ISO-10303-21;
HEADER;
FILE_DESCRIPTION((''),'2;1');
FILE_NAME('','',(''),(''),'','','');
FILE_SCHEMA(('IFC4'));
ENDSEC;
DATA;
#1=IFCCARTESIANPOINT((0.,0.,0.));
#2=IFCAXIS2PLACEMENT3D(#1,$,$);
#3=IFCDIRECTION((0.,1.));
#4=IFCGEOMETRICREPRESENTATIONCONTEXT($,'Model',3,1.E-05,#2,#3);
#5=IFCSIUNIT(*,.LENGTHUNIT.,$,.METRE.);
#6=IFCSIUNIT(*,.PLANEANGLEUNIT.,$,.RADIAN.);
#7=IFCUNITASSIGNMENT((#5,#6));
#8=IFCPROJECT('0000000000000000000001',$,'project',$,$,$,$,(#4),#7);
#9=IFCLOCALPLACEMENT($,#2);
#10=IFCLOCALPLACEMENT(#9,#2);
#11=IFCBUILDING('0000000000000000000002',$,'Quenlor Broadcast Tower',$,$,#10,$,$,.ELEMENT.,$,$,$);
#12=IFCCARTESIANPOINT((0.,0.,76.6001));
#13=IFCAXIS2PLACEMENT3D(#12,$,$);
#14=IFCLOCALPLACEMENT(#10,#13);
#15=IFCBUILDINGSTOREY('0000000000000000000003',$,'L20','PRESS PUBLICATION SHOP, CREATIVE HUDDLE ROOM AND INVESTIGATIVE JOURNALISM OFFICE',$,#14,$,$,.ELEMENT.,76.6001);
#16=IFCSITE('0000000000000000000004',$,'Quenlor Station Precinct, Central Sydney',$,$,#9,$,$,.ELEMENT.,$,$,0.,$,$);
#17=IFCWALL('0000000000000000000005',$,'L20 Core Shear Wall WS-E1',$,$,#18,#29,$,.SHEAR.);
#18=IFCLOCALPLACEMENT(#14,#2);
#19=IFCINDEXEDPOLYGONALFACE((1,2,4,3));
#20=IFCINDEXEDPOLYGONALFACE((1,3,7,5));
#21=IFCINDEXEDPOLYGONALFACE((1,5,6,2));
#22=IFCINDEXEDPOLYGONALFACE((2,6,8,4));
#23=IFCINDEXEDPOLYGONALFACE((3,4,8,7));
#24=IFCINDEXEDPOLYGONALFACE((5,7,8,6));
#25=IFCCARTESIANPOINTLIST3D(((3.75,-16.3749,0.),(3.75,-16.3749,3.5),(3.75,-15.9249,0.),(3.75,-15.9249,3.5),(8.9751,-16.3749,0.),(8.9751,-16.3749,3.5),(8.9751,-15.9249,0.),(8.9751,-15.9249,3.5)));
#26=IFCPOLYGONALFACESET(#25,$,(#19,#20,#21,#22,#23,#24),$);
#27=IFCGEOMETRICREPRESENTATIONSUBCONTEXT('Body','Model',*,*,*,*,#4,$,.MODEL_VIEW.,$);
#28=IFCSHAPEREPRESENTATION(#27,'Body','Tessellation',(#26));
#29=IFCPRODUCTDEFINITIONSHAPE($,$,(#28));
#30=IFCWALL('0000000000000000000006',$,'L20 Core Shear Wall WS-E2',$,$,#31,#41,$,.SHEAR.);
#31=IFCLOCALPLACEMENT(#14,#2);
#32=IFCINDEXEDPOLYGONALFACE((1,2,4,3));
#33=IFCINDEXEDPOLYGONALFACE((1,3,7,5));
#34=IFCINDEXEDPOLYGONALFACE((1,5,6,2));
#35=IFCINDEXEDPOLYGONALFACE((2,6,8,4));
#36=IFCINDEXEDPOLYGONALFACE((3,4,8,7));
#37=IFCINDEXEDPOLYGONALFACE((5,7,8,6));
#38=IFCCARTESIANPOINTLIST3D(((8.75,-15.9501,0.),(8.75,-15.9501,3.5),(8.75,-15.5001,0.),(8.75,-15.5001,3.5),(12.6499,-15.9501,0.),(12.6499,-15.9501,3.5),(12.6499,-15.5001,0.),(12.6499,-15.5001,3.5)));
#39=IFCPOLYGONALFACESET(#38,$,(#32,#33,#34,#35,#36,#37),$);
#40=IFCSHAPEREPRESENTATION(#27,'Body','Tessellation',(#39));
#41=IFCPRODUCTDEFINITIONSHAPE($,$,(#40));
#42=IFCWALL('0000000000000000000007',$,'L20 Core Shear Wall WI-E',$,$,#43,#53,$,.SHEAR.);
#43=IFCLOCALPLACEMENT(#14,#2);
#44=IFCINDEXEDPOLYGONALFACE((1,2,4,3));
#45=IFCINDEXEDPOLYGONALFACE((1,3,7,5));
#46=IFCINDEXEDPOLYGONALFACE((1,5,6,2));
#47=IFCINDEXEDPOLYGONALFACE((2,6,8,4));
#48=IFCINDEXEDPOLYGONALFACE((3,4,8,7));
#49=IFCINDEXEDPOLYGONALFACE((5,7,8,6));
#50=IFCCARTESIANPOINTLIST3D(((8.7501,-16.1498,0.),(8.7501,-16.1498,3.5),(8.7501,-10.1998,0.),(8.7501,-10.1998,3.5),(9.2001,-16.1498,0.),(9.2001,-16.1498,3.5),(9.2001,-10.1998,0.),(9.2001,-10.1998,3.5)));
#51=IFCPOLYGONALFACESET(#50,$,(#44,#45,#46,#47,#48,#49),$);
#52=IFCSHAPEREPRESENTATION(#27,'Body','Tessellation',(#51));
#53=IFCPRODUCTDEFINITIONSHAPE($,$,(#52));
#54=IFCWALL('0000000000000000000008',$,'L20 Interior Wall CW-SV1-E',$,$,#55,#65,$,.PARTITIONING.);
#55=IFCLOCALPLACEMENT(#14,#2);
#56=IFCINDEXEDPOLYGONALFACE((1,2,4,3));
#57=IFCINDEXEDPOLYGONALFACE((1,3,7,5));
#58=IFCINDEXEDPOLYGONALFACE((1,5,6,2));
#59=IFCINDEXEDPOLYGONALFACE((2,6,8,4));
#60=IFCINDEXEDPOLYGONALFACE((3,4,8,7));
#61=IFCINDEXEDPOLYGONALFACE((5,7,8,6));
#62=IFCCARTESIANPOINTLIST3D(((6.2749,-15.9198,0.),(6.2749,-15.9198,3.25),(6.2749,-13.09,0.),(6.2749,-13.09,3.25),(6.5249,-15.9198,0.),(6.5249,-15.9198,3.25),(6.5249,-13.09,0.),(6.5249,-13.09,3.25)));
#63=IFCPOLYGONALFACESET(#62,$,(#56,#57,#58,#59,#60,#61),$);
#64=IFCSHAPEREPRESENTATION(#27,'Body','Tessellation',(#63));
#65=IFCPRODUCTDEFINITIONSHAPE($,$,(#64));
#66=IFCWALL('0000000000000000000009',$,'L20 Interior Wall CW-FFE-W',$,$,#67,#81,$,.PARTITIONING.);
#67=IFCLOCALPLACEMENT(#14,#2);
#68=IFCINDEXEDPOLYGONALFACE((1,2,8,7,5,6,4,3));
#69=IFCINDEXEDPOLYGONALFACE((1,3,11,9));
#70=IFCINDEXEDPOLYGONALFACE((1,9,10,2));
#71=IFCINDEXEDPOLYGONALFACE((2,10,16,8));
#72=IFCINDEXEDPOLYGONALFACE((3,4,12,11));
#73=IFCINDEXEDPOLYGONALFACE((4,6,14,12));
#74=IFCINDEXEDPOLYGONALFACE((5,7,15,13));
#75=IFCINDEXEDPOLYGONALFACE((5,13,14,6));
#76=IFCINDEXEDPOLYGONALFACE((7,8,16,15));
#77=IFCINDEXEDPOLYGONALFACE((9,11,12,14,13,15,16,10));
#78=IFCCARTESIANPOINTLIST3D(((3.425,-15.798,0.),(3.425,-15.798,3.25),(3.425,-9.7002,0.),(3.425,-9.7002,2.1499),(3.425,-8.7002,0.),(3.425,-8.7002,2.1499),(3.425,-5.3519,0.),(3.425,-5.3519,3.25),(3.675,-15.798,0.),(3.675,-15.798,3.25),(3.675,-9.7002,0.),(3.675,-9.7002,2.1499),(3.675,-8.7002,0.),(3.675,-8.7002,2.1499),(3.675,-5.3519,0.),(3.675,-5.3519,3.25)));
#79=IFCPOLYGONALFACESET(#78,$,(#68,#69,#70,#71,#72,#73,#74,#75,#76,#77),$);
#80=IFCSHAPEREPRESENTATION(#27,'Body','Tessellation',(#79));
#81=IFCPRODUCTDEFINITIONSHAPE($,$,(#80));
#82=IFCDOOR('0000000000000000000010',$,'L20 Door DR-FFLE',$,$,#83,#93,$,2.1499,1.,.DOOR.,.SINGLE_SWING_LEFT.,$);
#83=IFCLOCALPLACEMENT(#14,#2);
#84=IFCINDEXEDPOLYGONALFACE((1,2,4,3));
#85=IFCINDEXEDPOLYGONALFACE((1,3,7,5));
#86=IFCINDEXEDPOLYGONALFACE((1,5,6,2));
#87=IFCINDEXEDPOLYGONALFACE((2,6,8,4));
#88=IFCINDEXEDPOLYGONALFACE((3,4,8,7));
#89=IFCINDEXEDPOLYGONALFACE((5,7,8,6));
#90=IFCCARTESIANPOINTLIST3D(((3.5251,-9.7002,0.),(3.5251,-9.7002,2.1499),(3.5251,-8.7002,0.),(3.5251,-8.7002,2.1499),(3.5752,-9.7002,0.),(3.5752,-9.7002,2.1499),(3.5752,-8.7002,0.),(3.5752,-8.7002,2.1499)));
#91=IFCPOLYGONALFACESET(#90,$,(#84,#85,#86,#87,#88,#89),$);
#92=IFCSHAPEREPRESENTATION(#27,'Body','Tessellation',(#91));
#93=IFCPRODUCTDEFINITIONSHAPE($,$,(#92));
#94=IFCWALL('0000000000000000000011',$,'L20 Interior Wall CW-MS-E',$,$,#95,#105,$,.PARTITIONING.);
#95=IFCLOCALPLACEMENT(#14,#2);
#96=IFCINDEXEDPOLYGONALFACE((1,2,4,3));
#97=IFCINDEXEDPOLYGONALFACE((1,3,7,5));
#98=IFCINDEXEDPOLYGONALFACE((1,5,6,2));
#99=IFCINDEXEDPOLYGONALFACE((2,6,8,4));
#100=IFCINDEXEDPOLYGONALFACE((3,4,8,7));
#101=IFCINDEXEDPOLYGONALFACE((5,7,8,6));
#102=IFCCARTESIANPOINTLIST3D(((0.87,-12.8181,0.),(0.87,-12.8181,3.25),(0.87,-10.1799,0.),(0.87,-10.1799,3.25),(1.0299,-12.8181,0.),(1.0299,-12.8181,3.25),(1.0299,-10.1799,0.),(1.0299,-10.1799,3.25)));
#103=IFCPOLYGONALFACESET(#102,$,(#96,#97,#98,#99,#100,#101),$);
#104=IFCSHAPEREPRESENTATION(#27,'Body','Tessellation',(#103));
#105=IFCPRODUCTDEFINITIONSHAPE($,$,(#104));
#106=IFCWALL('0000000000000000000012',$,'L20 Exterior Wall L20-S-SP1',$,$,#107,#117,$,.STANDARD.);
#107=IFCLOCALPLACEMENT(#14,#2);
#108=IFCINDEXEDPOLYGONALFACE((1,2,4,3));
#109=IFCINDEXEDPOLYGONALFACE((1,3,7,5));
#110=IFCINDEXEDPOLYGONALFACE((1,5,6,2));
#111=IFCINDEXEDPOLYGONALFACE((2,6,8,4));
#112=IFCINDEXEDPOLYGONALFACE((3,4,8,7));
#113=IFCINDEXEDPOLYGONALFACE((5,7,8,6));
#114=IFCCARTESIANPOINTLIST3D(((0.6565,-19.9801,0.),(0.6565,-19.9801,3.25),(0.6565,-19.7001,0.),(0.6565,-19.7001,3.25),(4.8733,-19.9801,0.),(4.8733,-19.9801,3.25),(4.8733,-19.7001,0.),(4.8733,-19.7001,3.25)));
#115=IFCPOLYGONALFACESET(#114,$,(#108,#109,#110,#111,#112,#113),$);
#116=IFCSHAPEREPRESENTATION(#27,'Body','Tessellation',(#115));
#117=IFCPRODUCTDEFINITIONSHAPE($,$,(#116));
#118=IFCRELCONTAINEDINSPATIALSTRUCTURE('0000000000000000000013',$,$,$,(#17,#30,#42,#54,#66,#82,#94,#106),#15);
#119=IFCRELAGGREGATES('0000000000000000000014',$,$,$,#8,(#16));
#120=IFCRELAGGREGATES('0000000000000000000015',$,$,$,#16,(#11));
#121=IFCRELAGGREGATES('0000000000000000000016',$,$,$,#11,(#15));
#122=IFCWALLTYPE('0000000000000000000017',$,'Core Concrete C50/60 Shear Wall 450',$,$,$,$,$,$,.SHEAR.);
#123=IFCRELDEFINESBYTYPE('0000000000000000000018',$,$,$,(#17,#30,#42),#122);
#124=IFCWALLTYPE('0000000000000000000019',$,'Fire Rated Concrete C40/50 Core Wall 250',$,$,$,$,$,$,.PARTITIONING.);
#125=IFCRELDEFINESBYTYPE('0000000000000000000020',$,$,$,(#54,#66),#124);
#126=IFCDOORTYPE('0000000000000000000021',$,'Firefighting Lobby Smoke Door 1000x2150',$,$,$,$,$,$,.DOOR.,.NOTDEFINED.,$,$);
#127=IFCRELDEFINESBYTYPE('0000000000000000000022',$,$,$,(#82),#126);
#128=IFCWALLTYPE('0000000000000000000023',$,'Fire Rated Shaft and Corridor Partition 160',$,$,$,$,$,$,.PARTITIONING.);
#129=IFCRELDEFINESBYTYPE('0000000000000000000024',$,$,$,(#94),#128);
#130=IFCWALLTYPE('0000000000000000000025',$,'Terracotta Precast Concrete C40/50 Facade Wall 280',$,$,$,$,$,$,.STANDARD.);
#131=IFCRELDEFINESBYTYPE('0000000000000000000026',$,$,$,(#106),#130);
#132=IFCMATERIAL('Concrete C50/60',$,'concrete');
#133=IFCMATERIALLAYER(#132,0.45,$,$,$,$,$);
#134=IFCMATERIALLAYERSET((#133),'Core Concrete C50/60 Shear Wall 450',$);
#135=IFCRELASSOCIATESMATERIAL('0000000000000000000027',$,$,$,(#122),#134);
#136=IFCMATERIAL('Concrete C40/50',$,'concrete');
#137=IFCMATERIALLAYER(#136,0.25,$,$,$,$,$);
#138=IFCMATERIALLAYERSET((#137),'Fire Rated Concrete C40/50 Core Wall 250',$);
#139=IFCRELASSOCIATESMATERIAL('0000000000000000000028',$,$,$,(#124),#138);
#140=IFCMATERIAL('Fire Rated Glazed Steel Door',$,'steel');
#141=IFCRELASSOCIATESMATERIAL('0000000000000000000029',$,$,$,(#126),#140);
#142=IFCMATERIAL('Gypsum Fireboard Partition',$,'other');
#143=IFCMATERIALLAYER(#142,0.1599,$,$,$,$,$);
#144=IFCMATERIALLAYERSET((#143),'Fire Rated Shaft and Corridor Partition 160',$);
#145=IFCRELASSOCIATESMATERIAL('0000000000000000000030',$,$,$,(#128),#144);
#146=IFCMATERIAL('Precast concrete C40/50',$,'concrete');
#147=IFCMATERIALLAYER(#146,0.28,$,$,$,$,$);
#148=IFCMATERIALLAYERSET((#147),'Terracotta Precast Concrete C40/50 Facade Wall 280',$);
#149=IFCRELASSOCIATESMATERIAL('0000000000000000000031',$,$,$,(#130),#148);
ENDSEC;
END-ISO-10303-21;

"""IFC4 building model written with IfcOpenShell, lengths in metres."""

from ifc_helpers import new_model, si_unit, direction, frame, frame_2d, origin, place, context, subcontext, project, spatial, rectangle, extrude, material, layer, layer_set, type_object, element, fill, save


model = new_model("IFC4")

# Units and contexts
model_context = context("Model", 3, precision=1e-05, world=origin(), true_north=direction((0.0, 1.0)))
body_context = subcontext(model_context, "Body", "Model", "MODEL_VIEW")
ifc_project = project(units=[si_unit("LENGTHUNIT", "METRE"), si_unit("PLANEANGLEUNIT", "RADIAN")], contexts=[model_context])

# Site, building, storey
site_placement = place(None, origin())
site = spatial("IfcSite", under=ifc_project, at=site_placement, Name="Quenlor Station Precinct, Central Sydney", CompositionType="ELEMENT", RefElevation=0.0)
building_placement = place(site_placement, origin())
building = spatial("IfcBuilding", under=site, at=building_placement, Name="Quenlor Broadcast Tower", CompositionType="ELEMENT")
storey_placement = place(building_placement, frame((0.0, 0.0, 76.6001)))
storey = spatial("IfcBuildingStorey", under=building, at=storey_placement, Name="L20", Description="PRESS PUBLICATION SHOP, CREATIVE HUDDLE ROOM AND INVESTIGATIVE JOURNALISM OFFICE", CompositionType="ELEMENT", Elevation=76.6001)

# Walls
ifc_material_1 = material(Name="Concrete C50/60", Category="concrete")
ifc_layer_1 = layer(ifc_material_1, 0.45)
ifc_layer_set_1 = layer_set([ifc_layer_1], Name="Core Concrete C50/60 Shear Wall 450")
wall_type_1 = type_object("IfcWallType", Name="Core Concrete C50/60 Shear Wall 450", PredefinedType="SHEAR", material=ifc_layer_set_1)
wall_1_placement = place(storey_placement, frame((3.75, -16.1499, 0.0), z_axis=(0.0, 0.0, 1.0), x_axis=(1.0, 0.0, 0.0)))
element("IfcWall", 1, at=wall_1_placement, inside=storey, type_object=wall_type_1, Name="L20 Core Shear Wall WS-E1", PredefinedType="SHEAR", context=body_context, shape_type="SweptSolid", body=[
    extrude(rectangle(XDim=5.2251, YDim=0.45, at=frame_2d((2.6125, 0.0))), origin(), (0.0, 0.0, 1.0), 3.5),
])
wall_2_placement = place(storey_placement, frame((8.75, -15.7251, 0.0), z_axis=(0.0, 0.0, 1.0), x_axis=(1.0, 0.0, 0.0)))
element("IfcWall", 2, at=wall_2_placement, inside=storey, type_object=wall_type_1, Name="L20 Core Shear Wall WS-E2", PredefinedType="SHEAR", context=body_context, shape_type="SweptSolid", body=[
    extrude(rectangle(XDim=3.8999, YDim=0.45, at=frame_2d((1.95, 0.0))), origin(), (0.0, 0.0, 1.0), 3.5),
])
wall_3_placement = place(storey_placement, frame((8.9751, -16.1499, 0.0), z_axis=(0.0, 0.0, 1.0), x_axis=(0.0, 1.0, 0.0)))
element("IfcWall", 3, at=wall_3_placement, inside=storey, type_object=wall_type_1, Name="L20 Core Shear Wall WI-E", PredefinedType="SHEAR", context=body_context, shape_type="SweptSolid", body=[
    extrude(rectangle(XDim=5.95, YDim=0.45, at=frame_2d((2.9751, 0.0))), origin(), (0.0, 0.0, 1.0), 3.5),
])

# Shared definitions
ifc_material_2 = material(Name="Concrete C40/50", Category="concrete")
ifc_layer_2 = layer(ifc_material_2, 0.25)
ifc_layer_set_2 = layer_set([ifc_layer_2], Name="Fire Rated Concrete C40/50 Core Wall 250")
wall_type_2 = type_object("IfcWallType", Name="Fire Rated Concrete C40/50 Core Wall 250", PredefinedType="PARTITIONING", material=ifc_layer_set_2)

# Wall
wall_4_placement = place(storey_placement, frame((6.3999, -15.9199, 0.0), z_axis=(0.0, 0.0, 1.0), x_axis=(0.0, 1.0, 0.0)))
element("IfcWall", 4, at=wall_4_placement, inside=storey, type_object=wall_type_2, Name="L20 Interior Wall CW-SV1-E", PredefinedType="PARTITIONING", context=body_context, shape_type="SweptSolid", body=[
    extrude(rectangle(XDim=2.8298, YDim=0.25, at=frame_2d((1.415, 0.0))), origin(), (0.0, 0.0, 1.0), 3.25),
])

# Wall, opening, door
wall_5_placement = place(storey_placement, frame((3.55, -15.7981, 0.0), z_axis=(0.0, 0.0, 1.0), x_axis=(0.0, 1.0, 0.0)))
wall_5 = element("IfcWall", 5, at=wall_5_placement, inside=storey, type_object=wall_type_2, Name="L20 Interior Wall CW-FFE-W", PredefinedType="PARTITIONING", context=body_context, shape_type="SweptSolid", body=[
    extrude(rectangle(XDim=10.446, YDim=0.25, at=frame_2d((5.2231, 0.0))), origin(), (0.0, 0.0, 1.0), 3.25),
])
opening_1_placement = place(wall_5_placement, frame((6.0979, 0.0, 0.0)))
opening_1 = element("IfcOpeningElement", 6, at=opening_1_placement, cuts=wall_5, PredefinedType="OPENING", context=body_context, shape_type="SweptSolid", body=[
    extrude(rectangle(XDim=1.0, YDim=2.1499, at=frame_2d((0.5, 1.075))), frame((0.0, 0.135, 0.0), z_axis=(0.0, -1.0, 0.0), x_axis=(1.0, 0.0, 0.0)), (0.0, 0.0, 1.0), 0.27),
])
ifc_material_3 = material(Name="Fire Rated Glazed Steel Door", Category="steel")
door_type_1 = type_object("IfcDoorType", Name="Firefighting Lobby Smoke Door 1000x2150", OperationType="NOTDEFINED", PredefinedType="DOOR", material=ifc_material_3)
door_1_placement = place(opening_1_placement, origin())
door_1 = element("IfcDoor", 7, at=door_1_placement, inside=storey, type_object=door_type_1, Name="L20 Door DR-FFLE", OperationType="SINGLE_SWING_LEFT", OverallHeight=2.1499, OverallWidth=1.0, PredefinedType="DOOR", context=body_context, shape_type="SweptSolid", body=[
    extrude(rectangle(XDim=1.0, YDim=2.1499, at=frame_2d((0.5, 1.075))), frame((0.0, 0.0249, 0.0), z_axis=(0.0, -1.0, 0.0), x_axis=(1.0, 0.0, 0.0)), (0.0, 0.0, 1.0), 0.05),
])
fill(opening_1, door_1)

# Wall
ifc_material_4 = material(Name="Gypsum Fireboard Partition", Category="other")
ifc_layer_3 = layer(ifc_material_4, 0.1599)
ifc_layer_set_3 = layer_set([ifc_layer_3], Name="Fire Rated Shaft and Corridor Partition 160")
wall_type_3 = type_object("IfcWallType", Name="Fire Rated Shaft and Corridor Partition 160", PredefinedType="PARTITIONING", material=ifc_layer_set_3)
wall_6_placement = place(storey_placement, frame((0.95, -12.8181, 0.0), z_axis=(0.0, 0.0, 1.0), x_axis=(0.0, 1.0, 0.0)))
element("IfcWall", 8, at=wall_6_placement, inside=storey, type_object=wall_type_3, Name="L20 Interior Wall CW-MS-E", PredefinedType="PARTITIONING", context=body_context, shape_type="SweptSolid", body=[
    extrude(rectangle(XDim=2.6382, YDim=0.1599, at=frame_2d((1.3191, 0.0))), origin(), (0.0, 0.0, 1.0), 3.25),
])

# Wall
ifc_material_5 = material(Name="Precast concrete C40/50", Category="concrete")
ifc_layer_4 = layer(ifc_material_5, 0.28)
ifc_layer_set_4 = layer_set([ifc_layer_4], Name="Terracotta Precast Concrete C40/50 Facade Wall 280")
wall_type_4 = type_object("IfcWallType", Name="Terracotta Precast Concrete C40/50 Facade Wall 280", PredefinedType="STANDARD", material=ifc_layer_set_4)
wall_7_placement = place(storey_placement, frame((4.8733, -19.8401, 0.0), z_axis=(0.0, 0.0, 1.0), x_axis=(-1.0, 0.0, 0.0)))
element("IfcWall", 9, at=wall_7_placement, inside=storey, type_object=wall_type_4, Name="L20 Exterior Wall L20-S-SP1", PredefinedType="STANDARD", context=body_context, shape_type="SweptSolid", body=[
    extrude(rectangle(XDim=4.2168, YDim=0.28, at=frame_2d((2.1084, 0.0))), origin(), (0.0, 0.0, 1.0), 3.25),
])

save(model, "model.ifc")
